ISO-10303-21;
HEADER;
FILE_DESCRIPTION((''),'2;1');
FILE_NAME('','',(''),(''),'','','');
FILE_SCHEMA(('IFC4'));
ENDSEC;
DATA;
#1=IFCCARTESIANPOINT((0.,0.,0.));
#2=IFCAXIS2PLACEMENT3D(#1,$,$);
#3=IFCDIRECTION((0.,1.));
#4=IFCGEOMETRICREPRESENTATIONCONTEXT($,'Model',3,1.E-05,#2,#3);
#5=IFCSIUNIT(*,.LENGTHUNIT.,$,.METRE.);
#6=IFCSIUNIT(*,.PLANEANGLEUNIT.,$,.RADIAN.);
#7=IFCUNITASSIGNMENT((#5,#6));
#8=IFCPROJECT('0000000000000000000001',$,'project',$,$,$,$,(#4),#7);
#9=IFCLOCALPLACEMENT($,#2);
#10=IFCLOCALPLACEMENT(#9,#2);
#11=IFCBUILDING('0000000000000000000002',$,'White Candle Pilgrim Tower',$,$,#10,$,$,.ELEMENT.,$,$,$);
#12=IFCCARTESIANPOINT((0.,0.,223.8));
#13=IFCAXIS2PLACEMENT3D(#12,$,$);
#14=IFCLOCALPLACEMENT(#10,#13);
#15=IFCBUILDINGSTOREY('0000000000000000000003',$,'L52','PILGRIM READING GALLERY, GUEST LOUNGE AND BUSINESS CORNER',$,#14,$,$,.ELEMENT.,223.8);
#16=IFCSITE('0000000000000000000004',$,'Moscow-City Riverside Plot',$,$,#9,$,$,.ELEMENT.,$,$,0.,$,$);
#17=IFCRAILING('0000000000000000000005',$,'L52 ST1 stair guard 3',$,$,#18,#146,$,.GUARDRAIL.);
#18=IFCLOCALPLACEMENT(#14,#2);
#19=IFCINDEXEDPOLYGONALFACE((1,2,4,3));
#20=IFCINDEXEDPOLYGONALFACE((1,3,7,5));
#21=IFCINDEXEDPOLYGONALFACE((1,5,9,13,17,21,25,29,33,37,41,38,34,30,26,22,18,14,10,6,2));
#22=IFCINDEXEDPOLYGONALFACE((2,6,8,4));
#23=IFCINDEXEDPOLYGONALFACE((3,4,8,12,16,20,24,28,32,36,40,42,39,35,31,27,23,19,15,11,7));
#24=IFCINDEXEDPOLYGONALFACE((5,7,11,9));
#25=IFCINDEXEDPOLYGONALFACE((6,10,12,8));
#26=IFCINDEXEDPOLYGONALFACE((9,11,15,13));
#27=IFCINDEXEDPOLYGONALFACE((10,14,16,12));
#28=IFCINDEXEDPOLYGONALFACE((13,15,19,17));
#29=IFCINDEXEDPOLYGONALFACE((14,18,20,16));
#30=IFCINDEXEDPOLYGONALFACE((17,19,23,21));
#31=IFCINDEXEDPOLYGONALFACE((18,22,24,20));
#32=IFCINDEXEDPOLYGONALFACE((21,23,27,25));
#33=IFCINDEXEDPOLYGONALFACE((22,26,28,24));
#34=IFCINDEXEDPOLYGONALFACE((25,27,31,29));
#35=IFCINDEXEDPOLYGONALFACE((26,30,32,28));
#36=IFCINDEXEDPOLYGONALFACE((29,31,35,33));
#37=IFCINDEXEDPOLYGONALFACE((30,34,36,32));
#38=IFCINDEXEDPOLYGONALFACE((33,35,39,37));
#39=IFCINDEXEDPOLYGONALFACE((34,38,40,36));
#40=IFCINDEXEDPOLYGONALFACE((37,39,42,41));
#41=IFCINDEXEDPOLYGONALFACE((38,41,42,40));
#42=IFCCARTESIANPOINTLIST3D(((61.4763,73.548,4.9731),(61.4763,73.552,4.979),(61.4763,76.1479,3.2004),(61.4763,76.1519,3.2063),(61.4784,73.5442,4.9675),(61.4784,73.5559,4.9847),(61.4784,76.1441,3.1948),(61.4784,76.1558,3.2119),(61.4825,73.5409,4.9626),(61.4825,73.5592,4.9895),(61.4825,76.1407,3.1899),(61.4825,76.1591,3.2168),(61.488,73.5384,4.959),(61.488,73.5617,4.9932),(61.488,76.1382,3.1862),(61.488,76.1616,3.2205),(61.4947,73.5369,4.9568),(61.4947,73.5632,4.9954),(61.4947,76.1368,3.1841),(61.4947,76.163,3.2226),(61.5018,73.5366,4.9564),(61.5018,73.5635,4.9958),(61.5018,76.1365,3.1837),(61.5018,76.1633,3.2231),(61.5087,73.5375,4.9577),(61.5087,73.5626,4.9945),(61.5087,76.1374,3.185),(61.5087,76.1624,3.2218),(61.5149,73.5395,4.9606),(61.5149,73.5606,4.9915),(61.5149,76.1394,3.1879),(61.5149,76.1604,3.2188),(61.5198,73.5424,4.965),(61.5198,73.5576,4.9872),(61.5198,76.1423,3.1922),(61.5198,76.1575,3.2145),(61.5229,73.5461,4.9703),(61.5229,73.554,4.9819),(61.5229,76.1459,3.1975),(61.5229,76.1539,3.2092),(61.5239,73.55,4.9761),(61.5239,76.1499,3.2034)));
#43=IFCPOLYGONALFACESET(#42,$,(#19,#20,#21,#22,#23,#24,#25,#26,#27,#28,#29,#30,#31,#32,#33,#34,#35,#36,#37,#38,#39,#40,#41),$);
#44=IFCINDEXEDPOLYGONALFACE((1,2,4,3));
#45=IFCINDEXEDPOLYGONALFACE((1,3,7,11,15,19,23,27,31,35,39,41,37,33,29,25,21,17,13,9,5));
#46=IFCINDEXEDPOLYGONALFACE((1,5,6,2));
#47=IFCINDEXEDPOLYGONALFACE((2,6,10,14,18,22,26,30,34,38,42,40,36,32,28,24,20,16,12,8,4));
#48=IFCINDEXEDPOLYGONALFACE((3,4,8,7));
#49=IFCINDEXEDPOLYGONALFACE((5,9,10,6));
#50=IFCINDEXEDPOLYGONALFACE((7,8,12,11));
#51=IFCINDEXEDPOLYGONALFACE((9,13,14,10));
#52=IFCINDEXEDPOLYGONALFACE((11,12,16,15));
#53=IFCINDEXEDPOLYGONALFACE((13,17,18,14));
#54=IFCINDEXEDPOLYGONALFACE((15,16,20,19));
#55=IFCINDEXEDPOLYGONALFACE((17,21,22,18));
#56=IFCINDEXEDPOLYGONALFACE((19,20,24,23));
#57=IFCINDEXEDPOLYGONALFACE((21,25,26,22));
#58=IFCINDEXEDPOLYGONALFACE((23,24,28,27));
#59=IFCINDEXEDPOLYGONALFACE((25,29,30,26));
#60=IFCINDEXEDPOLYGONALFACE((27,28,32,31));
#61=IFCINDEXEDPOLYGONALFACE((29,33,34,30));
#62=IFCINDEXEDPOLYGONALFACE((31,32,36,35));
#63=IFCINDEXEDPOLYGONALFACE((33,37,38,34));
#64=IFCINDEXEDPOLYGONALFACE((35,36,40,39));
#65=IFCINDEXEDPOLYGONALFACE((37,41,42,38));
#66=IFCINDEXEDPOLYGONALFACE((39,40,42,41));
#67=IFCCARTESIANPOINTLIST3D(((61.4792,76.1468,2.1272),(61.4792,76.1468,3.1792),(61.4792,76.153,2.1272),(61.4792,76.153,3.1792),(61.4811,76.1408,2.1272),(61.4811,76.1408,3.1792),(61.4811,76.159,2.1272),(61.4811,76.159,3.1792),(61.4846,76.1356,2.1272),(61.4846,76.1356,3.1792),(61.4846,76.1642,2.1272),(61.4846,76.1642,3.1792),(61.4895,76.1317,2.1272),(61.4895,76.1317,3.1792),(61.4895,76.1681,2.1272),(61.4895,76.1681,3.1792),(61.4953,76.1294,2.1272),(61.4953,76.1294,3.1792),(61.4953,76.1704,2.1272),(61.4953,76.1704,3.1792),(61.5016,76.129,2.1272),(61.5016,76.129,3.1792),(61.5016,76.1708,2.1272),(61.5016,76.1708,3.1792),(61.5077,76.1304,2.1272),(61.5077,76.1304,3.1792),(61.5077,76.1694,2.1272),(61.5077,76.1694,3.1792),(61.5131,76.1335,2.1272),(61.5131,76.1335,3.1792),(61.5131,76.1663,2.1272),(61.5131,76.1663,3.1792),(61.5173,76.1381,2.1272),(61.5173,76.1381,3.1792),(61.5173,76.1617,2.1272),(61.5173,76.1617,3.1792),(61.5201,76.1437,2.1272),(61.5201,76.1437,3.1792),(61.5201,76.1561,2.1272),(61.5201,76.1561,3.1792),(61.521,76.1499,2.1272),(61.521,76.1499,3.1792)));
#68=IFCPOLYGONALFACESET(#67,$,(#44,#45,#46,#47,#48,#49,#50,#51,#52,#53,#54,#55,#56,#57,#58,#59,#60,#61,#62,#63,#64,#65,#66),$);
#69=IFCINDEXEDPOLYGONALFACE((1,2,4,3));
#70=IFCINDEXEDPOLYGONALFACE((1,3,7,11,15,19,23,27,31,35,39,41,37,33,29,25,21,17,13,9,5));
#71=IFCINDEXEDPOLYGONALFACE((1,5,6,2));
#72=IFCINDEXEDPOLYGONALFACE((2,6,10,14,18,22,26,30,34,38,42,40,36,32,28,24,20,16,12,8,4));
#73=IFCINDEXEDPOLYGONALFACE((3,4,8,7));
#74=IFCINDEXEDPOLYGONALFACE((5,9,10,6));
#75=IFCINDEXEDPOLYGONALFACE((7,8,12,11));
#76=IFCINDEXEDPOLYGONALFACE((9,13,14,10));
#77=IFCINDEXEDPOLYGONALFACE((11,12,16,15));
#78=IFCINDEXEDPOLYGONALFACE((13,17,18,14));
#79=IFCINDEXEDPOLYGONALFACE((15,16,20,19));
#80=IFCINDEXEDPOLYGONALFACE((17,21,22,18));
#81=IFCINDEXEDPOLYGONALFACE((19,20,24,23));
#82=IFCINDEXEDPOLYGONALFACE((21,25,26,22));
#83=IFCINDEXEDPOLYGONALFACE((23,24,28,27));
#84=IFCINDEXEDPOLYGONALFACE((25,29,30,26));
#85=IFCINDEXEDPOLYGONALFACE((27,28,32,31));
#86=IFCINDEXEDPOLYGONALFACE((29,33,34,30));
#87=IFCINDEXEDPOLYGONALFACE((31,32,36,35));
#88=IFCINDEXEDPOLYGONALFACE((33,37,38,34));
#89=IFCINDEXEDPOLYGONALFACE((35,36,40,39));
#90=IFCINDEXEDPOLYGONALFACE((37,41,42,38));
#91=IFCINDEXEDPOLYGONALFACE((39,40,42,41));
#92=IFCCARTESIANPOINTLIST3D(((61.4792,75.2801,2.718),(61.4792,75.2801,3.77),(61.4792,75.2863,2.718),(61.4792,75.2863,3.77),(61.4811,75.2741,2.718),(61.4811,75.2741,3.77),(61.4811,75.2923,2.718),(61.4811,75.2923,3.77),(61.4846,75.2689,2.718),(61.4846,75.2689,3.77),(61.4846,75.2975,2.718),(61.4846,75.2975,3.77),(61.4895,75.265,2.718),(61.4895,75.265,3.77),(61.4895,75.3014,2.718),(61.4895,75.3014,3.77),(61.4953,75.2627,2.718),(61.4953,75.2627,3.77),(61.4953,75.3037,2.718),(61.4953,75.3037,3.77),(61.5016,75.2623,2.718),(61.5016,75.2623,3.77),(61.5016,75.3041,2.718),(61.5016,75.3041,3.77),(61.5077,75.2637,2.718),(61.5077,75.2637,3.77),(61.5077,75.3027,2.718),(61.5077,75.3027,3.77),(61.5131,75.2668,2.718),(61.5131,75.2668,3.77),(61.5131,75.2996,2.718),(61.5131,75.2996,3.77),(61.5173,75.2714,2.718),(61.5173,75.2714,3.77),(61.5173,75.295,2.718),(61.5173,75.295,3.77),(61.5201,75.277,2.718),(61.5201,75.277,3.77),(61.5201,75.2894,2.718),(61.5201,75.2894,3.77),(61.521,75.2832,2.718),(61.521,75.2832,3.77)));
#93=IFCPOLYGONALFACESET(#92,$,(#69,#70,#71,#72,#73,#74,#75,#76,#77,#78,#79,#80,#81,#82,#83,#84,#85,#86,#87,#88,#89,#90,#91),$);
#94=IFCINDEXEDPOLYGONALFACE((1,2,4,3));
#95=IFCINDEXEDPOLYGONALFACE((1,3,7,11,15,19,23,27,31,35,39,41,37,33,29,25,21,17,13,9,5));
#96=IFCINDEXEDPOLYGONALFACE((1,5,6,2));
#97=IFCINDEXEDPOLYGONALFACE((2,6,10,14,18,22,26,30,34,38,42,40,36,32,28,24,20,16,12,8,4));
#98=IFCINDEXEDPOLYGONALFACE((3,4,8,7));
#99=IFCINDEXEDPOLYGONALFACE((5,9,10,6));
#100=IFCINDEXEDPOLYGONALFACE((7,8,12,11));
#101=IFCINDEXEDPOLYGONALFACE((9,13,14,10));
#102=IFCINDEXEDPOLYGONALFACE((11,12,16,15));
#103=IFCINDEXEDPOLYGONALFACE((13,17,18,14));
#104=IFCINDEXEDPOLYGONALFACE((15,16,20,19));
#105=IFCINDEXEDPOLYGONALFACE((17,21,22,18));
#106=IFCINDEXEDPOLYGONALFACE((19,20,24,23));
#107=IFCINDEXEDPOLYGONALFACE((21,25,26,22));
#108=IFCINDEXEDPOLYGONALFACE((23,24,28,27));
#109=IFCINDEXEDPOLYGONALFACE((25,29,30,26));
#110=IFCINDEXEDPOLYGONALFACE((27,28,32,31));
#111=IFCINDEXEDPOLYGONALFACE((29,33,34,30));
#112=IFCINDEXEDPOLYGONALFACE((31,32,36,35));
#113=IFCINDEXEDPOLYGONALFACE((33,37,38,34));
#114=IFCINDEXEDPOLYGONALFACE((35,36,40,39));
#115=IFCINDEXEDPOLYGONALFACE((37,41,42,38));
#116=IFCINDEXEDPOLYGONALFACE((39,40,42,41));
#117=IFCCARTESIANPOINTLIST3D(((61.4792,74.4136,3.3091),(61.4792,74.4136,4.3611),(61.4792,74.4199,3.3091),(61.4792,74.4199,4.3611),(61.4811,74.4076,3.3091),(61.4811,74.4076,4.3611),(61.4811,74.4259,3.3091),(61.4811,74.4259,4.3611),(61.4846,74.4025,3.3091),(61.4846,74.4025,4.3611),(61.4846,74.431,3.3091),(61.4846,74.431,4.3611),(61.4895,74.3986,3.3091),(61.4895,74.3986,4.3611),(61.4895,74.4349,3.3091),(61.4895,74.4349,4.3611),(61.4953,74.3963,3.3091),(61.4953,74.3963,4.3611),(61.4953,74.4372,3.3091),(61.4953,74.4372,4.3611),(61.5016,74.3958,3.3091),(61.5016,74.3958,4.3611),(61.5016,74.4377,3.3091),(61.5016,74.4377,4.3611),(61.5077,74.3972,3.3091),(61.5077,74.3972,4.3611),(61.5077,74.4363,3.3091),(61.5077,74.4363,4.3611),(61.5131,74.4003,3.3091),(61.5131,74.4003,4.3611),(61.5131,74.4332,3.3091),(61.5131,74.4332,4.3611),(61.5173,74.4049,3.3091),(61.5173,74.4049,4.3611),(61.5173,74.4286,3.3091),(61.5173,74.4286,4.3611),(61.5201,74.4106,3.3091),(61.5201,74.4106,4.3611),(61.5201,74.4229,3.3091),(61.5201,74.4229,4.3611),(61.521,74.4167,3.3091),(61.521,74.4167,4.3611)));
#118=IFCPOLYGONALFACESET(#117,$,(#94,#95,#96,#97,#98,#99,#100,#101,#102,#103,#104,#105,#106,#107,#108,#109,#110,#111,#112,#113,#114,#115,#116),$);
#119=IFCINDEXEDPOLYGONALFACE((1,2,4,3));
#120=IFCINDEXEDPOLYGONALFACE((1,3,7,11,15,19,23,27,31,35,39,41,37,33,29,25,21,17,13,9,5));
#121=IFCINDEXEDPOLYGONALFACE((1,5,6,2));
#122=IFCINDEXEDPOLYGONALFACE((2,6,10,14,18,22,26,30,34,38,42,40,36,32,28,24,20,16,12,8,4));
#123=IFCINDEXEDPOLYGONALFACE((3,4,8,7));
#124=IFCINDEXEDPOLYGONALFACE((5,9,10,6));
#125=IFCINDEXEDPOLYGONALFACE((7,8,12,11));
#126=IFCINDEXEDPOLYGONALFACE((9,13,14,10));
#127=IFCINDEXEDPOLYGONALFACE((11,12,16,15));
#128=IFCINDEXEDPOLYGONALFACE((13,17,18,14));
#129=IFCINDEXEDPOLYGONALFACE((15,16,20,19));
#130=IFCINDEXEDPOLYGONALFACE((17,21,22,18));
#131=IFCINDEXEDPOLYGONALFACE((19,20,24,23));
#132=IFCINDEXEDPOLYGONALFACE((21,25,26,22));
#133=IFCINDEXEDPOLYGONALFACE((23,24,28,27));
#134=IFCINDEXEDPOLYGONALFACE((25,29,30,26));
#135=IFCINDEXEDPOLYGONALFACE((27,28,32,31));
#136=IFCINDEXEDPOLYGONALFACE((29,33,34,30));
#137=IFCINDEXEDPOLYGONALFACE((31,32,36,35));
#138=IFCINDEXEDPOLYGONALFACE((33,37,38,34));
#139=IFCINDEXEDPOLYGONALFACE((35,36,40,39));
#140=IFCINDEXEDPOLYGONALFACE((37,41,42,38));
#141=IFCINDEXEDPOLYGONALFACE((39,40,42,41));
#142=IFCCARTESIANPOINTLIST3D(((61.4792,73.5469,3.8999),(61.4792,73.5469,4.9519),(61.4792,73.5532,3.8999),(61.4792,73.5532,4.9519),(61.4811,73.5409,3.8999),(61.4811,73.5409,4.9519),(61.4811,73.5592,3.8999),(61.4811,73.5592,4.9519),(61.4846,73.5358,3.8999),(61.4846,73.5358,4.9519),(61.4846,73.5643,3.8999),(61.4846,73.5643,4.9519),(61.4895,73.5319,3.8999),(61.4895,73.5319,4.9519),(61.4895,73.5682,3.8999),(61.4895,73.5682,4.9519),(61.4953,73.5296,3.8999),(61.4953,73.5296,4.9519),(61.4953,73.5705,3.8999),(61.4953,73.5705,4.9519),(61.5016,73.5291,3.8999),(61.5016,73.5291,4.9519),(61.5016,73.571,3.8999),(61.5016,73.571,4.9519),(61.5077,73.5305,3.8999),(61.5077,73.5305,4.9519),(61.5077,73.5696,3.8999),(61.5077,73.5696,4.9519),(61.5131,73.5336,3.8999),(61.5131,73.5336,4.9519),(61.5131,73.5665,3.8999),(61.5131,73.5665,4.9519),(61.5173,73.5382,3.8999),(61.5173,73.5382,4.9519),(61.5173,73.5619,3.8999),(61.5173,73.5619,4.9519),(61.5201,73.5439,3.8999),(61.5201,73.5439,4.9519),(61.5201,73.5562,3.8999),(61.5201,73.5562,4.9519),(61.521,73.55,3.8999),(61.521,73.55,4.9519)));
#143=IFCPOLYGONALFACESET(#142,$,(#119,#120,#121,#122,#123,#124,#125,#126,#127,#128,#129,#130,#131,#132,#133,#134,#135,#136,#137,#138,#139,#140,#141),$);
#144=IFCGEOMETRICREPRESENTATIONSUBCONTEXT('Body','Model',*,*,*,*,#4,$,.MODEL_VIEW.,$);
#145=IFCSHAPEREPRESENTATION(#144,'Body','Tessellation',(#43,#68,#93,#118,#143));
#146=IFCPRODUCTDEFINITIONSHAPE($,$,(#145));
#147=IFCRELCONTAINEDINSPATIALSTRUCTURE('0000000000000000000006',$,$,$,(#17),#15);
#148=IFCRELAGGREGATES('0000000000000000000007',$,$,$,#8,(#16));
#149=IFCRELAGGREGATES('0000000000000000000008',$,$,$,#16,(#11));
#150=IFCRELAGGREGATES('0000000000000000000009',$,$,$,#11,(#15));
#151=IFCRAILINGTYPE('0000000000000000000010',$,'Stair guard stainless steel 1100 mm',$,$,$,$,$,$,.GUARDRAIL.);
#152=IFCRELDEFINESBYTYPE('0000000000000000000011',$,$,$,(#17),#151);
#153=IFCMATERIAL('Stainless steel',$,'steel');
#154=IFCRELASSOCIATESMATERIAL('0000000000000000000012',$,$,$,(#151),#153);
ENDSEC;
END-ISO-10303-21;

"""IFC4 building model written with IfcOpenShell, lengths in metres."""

from ifc_helpers import new_model, si_unit, direction, frame, origin, origin_2d, place, context, subcontext, project, spatial, circle, extrude, material, type_object, element, save


model = new_model("IFC4")

# Units and contexts
model_context = context("Model", 3, precision=1e-05, world=origin(), true_north=direction((0.0, 1.0)))
body_context = subcontext(model_context, "Body", "Model", "MODEL_VIEW")
ifc_project = project(units=[si_unit("LENGTHUNIT", "METRE"), si_unit("PLANEANGLEUNIT", "RADIAN")], contexts=[model_context])

# Site, building, storey
site_placement = place(None, origin())
site = spatial("IfcSite", under=ifc_project, at=site_placement, Name="Moscow-City Riverside Plot", CompositionType="ELEMENT", RefElevation=0.0)
building_placement = place(site_placement, origin())
building = spatial("IfcBuilding", under=site, at=building_placement, Name="White Candle Pilgrim Tower", CompositionType="ELEMENT")
storey_placement = place(building_placement, frame((0.0, 0.0, 223.8)))
storey = spatial("IfcBuildingStorey", under=building, at=storey_placement, Name="L52", Description="PILGRIM READING GALLERY, GUEST LOUNGE AND BUSINESS CORNER", CompositionType="ELEMENT", Elevation=223.8)

# Shared definitions
ifc_material_1 = material(Name="Stainless steel", Category="steel")

# Railing
railing_type_1 = type_object("IfcRailingType", Name="Stair guard stainless steel 1100 mm", PredefinedType="GUARDRAIL", material=ifc_material_1)
railing_1_placement = place(storey_placement, frame((61.5, 76.1499, 2.1272)))
element("IfcRailing", 1, at=railing_1_placement, inside=storey, type_object=railing_type_1, Name="L52 ST1 stair guard 3", PredefinedType="GUARDRAIL", context=body_context, shape_type="SweptSolid", body=[
    extrude(circle(Radius=0.0239, at=origin_2d()), frame((0.0, 0.0, 1.0762), z_axis=(0.0, -0.826216, 0.563354), x_axis=(1.0, 0.0, 0.0)), (0.0, 0.0, 1.0), 3.1467),
    extrude(circle(Radius=0.021, at=origin_2d()), origin(), (0.0, 0.0, 1.0), 1.052),
    extrude(circle(Radius=0.021, at=origin_2d()), frame((0.0, -0.8667, 0.5908)), (0.0, 0.0, 1.0), 1.052),
    extrude(circle(Radius=0.021, at=origin_2d()), frame((0.0, -1.7332, 1.1819)), (0.0, 0.0, 1.0), 1.052),
    extrude(circle(Radius=0.021, at=origin_2d()), frame((0.0, -2.5999, 1.7727)), (0.0, 0.0, 1.0), 1.052),
])

save(model, "model.ifc")
